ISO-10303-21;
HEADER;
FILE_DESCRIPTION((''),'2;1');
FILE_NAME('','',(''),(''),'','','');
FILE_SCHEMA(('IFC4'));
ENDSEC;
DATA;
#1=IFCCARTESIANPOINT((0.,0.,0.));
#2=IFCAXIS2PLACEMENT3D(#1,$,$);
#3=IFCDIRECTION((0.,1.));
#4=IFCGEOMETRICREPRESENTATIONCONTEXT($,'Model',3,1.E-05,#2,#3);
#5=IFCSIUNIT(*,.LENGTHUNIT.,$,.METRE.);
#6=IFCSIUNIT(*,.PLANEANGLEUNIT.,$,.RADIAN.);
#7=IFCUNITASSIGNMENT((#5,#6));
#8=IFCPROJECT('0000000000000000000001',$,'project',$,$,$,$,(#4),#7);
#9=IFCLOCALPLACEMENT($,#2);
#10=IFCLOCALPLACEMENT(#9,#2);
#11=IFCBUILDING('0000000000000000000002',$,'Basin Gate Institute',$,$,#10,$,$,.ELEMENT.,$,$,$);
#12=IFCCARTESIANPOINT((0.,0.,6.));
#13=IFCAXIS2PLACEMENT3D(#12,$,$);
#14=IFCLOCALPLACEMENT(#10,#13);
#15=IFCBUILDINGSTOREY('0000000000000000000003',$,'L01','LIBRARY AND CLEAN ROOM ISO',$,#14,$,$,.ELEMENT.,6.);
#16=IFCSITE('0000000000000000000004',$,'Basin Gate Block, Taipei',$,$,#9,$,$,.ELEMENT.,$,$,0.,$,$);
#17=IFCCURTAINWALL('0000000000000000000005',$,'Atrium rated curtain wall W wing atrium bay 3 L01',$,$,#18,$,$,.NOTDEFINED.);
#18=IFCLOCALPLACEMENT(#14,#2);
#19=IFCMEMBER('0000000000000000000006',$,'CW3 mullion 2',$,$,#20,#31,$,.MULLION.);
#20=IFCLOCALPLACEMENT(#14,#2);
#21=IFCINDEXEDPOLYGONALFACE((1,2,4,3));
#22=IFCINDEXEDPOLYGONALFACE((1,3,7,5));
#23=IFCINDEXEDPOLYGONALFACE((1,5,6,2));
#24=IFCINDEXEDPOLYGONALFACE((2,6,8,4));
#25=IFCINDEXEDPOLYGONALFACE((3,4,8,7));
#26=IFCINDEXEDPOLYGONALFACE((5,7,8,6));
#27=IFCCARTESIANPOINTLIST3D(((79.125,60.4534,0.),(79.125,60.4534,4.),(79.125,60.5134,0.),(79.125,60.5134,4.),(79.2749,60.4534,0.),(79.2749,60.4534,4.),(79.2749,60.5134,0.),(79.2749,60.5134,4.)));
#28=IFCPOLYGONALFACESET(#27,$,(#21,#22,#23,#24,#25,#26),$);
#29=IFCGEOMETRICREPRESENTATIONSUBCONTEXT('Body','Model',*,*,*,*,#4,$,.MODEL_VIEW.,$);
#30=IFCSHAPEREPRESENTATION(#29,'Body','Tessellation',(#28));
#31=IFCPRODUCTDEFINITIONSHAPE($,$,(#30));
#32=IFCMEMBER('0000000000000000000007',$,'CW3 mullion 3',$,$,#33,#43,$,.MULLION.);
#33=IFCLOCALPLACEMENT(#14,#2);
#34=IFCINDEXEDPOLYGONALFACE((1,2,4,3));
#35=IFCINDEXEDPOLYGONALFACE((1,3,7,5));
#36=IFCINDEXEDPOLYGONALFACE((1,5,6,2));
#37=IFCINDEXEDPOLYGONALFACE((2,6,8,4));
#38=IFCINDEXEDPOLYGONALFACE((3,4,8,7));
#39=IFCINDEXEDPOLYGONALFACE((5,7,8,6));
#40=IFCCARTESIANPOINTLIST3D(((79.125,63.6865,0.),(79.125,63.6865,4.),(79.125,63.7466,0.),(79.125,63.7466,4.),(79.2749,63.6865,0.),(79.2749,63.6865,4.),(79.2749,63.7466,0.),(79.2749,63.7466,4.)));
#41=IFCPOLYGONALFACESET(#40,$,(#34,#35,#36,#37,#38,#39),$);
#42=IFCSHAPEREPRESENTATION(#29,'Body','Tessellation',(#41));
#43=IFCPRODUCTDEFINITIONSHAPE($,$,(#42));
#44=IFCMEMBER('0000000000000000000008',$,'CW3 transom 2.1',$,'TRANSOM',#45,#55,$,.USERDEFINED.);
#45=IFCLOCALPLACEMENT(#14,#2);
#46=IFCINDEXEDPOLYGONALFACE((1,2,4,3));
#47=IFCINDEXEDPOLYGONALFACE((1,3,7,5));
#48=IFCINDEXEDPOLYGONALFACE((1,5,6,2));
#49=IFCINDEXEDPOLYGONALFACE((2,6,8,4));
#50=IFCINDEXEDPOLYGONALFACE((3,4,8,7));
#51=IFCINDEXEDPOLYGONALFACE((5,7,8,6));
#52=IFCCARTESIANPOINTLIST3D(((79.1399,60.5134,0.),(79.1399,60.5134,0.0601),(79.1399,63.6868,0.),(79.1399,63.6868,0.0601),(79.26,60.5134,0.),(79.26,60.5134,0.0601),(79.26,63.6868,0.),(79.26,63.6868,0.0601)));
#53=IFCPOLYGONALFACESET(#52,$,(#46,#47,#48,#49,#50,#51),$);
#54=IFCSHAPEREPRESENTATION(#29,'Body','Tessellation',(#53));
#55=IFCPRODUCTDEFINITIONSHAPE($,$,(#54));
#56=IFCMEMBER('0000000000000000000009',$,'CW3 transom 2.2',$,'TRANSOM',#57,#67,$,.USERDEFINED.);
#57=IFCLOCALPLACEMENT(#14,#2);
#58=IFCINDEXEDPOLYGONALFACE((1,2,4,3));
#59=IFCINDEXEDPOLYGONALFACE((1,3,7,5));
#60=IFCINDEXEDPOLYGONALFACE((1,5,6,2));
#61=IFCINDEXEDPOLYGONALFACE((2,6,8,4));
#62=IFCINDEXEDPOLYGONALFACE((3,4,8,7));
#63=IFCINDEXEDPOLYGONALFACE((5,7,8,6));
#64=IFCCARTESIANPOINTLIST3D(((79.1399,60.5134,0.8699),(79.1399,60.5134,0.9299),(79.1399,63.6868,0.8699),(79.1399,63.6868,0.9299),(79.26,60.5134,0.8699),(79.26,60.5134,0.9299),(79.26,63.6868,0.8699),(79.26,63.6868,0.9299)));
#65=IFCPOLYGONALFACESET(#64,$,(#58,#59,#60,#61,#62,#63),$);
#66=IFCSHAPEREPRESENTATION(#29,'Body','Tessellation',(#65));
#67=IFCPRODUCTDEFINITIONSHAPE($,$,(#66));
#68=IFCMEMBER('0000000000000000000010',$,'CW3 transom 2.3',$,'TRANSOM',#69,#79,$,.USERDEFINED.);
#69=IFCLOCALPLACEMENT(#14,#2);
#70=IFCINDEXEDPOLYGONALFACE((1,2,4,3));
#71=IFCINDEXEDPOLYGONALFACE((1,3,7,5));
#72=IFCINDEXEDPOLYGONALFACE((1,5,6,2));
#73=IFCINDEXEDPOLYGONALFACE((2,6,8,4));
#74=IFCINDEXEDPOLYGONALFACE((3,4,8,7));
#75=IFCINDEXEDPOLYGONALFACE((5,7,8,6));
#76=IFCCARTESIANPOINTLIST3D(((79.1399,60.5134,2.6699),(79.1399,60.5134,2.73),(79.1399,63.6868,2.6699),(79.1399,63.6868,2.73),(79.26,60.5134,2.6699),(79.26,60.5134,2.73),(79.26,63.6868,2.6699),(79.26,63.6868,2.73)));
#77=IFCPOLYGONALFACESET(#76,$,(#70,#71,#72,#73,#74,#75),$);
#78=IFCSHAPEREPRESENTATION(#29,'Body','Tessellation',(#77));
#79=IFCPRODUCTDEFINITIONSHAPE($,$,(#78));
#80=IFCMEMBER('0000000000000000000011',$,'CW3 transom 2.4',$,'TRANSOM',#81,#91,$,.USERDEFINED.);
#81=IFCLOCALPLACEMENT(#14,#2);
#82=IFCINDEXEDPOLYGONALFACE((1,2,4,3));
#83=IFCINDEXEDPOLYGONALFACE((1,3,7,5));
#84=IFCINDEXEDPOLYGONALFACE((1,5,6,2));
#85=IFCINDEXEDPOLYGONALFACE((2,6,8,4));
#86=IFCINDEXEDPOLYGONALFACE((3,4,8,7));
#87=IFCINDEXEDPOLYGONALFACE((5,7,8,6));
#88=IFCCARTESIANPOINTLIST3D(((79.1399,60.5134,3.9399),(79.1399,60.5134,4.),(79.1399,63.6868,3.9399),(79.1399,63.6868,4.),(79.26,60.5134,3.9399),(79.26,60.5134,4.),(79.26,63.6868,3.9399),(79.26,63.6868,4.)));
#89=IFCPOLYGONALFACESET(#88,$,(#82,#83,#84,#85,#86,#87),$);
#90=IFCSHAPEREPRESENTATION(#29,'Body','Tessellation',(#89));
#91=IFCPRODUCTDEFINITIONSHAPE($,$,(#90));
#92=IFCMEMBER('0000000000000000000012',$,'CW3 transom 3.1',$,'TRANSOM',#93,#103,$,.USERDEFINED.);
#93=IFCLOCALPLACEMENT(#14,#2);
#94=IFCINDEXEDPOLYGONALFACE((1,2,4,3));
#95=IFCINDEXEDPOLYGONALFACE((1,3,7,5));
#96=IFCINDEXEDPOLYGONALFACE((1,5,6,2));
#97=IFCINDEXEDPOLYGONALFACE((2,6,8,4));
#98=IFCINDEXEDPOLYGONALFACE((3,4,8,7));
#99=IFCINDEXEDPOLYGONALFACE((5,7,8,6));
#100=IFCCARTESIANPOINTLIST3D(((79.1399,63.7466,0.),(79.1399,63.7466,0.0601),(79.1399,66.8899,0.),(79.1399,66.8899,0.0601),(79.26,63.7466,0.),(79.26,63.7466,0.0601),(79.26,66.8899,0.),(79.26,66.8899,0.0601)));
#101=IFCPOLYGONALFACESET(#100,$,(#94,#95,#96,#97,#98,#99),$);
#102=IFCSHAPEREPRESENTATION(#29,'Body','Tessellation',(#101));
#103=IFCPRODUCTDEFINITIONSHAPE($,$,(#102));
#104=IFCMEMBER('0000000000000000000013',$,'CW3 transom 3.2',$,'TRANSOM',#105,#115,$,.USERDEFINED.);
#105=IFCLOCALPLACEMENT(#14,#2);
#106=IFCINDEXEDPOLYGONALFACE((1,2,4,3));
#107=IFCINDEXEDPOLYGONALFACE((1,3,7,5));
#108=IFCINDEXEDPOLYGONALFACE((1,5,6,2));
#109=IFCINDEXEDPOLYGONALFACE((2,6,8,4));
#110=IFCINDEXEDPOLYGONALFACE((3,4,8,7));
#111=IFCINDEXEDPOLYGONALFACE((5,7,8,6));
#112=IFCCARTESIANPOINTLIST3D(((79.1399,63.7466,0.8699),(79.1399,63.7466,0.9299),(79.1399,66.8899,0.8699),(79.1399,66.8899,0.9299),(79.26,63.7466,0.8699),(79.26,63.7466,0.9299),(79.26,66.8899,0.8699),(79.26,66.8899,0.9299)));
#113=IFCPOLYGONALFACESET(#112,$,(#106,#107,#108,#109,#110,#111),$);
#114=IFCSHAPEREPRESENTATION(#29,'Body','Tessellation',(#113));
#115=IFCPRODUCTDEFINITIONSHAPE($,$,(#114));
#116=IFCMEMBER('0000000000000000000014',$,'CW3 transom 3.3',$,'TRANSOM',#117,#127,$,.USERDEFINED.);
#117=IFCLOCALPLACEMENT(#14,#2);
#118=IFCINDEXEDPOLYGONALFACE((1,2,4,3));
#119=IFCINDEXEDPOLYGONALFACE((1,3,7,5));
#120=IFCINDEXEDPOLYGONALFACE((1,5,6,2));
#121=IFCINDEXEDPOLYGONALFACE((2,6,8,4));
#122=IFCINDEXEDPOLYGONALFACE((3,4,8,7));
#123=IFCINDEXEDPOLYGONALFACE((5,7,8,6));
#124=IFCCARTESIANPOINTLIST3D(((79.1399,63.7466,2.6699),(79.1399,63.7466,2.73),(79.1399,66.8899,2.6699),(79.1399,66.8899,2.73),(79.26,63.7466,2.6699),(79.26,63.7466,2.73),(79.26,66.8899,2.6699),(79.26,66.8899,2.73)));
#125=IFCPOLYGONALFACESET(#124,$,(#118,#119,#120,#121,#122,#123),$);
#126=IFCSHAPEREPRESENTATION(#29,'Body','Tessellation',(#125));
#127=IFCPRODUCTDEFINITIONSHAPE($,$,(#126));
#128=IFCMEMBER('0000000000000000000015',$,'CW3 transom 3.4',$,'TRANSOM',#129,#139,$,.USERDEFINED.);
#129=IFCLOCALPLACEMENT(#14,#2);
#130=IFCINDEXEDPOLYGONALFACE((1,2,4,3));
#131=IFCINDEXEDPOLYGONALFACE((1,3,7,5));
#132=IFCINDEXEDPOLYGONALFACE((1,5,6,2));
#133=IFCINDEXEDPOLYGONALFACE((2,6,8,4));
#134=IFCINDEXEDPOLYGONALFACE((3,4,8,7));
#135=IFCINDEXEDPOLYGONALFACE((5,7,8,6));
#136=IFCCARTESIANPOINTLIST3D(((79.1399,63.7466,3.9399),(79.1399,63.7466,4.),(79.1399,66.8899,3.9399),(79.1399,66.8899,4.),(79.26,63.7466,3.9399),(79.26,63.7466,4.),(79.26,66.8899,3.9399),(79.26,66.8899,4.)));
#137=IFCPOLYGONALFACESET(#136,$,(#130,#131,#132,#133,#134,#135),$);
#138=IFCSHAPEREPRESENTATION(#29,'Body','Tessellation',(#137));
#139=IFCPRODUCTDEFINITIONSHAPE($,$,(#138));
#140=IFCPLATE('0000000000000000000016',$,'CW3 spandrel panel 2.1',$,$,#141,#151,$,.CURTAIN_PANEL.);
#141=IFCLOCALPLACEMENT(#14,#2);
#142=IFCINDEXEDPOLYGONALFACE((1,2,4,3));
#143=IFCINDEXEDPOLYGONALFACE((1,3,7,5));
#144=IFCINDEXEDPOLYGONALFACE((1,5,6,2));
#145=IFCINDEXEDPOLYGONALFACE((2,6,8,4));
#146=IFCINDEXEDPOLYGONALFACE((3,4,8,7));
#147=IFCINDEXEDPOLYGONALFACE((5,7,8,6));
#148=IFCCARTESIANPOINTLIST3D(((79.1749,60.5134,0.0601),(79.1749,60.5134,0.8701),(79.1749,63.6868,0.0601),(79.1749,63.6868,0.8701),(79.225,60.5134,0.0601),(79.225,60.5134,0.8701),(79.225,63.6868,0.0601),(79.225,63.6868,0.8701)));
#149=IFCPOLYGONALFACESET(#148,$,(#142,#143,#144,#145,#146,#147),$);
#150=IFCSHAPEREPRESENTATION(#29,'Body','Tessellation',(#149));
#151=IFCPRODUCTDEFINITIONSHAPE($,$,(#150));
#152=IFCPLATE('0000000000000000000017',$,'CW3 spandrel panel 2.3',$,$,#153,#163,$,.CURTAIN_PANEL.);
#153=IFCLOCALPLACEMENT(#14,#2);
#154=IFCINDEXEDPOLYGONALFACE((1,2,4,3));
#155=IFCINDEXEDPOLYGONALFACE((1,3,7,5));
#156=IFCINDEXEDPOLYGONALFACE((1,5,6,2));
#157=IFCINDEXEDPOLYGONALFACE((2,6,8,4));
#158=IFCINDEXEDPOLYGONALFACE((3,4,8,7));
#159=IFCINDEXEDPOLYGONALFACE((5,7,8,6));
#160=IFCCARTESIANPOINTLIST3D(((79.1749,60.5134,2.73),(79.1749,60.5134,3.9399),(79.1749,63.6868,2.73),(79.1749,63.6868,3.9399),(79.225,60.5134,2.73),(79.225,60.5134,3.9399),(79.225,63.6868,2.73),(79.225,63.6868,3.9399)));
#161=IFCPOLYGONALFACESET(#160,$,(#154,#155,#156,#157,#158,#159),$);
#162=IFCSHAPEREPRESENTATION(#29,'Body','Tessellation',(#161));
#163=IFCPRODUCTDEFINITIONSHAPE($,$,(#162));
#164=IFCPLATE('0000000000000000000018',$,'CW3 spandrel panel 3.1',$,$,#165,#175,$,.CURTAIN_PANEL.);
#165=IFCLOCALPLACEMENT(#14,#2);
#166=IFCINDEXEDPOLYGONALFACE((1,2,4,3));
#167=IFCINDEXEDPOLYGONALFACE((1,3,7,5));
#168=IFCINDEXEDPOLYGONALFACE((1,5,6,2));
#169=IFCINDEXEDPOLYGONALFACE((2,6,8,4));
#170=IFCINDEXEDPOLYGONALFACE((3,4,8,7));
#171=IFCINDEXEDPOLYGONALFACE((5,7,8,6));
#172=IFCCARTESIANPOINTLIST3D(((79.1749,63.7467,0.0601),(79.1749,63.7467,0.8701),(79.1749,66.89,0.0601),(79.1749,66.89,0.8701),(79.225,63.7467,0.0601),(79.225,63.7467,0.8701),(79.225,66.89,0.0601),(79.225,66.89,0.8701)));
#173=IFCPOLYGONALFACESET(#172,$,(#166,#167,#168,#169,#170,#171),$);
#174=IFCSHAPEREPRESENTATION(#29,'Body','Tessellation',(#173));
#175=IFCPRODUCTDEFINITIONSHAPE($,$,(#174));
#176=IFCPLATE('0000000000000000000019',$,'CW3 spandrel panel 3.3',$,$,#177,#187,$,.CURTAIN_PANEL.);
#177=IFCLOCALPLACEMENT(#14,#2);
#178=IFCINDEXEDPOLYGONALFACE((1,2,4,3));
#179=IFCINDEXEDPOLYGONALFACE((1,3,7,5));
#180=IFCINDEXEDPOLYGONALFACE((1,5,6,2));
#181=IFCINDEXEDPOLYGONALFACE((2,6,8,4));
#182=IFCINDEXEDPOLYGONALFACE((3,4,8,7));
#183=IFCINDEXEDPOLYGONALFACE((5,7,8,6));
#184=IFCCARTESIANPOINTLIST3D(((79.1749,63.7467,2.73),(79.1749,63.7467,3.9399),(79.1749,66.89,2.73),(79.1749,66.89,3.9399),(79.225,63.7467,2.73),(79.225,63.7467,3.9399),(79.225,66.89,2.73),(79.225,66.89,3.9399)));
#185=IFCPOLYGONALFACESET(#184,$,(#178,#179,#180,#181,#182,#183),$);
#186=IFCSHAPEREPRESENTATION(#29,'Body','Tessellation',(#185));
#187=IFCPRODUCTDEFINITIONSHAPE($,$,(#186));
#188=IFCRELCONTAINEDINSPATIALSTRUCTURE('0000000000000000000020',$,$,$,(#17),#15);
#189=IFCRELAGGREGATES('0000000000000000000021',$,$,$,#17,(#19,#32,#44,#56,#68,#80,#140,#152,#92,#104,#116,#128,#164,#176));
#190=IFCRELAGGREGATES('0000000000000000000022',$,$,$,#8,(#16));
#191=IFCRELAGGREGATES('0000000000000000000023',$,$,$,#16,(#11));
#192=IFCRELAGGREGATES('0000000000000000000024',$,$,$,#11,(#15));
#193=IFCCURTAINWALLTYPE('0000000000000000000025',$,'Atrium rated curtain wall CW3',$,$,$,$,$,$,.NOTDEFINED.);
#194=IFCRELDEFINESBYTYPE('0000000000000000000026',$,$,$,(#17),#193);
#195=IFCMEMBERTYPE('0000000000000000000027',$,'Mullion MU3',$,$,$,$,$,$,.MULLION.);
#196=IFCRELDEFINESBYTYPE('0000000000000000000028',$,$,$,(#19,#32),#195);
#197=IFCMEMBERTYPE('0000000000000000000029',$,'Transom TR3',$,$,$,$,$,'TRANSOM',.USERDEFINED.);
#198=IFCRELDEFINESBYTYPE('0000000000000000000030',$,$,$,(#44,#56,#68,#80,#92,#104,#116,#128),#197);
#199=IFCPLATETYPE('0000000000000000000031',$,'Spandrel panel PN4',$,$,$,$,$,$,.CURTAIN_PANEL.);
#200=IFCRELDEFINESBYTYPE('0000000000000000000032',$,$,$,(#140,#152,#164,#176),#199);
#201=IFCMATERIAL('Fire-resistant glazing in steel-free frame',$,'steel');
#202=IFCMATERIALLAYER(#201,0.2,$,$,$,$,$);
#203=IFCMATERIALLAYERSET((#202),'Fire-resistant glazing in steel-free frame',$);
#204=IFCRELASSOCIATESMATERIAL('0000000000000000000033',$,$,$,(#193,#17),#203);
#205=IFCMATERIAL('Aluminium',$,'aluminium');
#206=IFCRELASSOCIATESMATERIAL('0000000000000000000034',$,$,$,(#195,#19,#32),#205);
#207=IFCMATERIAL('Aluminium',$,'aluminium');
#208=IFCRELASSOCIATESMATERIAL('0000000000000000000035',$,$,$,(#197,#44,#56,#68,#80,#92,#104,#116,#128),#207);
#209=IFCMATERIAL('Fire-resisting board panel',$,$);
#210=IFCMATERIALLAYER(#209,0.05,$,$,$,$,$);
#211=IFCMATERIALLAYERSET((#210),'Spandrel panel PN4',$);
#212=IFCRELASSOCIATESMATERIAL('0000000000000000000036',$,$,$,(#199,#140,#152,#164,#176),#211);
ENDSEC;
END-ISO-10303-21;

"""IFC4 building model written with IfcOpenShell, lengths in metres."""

from ifc_helpers import new_model, si_unit, direction, frame, origin, origin_2d, place, context, subcontext, project, spatial, rectangle, extrude, material, layer, layer_set, material_profile, profile_set, type_object, element, aggregate, save


model = new_model("IFC4")

# Units and contexts
model_context = context("Model", 3, precision=1e-05, world=origin(), true_north=direction((0.0, 1.0)))
body_context = subcontext(model_context, "Body", "Model", "MODEL_VIEW")
ifc_project = project(units=[si_unit("LENGTHUNIT", "METRE"), si_unit("PLANEANGLEUNIT", "RADIAN")], contexts=[model_context])

# Site, building, storey
site_placement = place(None, origin())
site = spatial("IfcSite", under=ifc_project, at=site_placement, Name="Basin Gate Block, Taipei", CompositionType="ELEMENT", RefElevation=0.0)
building_placement = place(site_placement, origin())
building = spatial("IfcBuilding", under=site, at=building_placement, Name="Basin Gate Institute", CompositionType="ELEMENT")
storey_placement = place(building_placement, frame((0.0, 0.0, 6.0)))
storey = spatial("IfcBuildingStorey", under=building, at=storey_placement, Name="L01", Description="LIBRARY AND CLEAN ROOM ISO", CompositionType="ELEMENT", Elevation=6.0)

# Curtain wall, members, plates
ifc_material_1 = material(Name="Fire-resistant glazing in steel-free frame", Category="steel")
ifc_layer_1 = layer(ifc_material_1, 0.2)
ifc_layer_set_1 = layer_set([ifc_layer_1], Name="Fire-resistant glazing in steel-free frame")
curtain_wall_type = type_object("IfcCurtainWallType", Name="Atrium rated curtain wall CW3", PredefinedType="NOTDEFINED", material=ifc_layer_set_1)
curtain_wall_placement = place(storey_placement, origin())
curtain_wall = element("IfcCurtainWall", 1, at=curtain_wall_placement, inside=storey, type_object=curtain_wall_type, material=ifc_layer_set_1, Name="Atrium rated curtain wall W wing atrium bay 3 L01", PredefinedType="NOTDEFINED")
ifc_material_2 = material(Name="Aluminium", Category="aluminium")
ifc_material_profile_1 = material_profile(ifc_material_2, rectangle(XDim=0.1499, YDim=0.0601, at=origin_2d()), Name="Mullion MU3 150 x 60")
ifc_profile_set_1 = profile_set([ifc_material_profile_1], Name="Aluminium")
member_type_1 = type_object("IfcMemberType", Name="Mullion MU3", PredefinedType="MULLION", material=ifc_profile_set_1)
member_1_placement = place(storey_placement, frame((79.2, 60.4834, 0.0), z_axis=(0.0, 0.0, 1.0), x_axis=(-1.0, 0.0, 0.0)))
member_1 = element("IfcMember", 2, at=member_1_placement, type_object=member_type_1, material=ifc_profile_set_1, Name="CW3 mullion 2", PredefinedType="MULLION", context=body_context, shape_type="SweptSolid", body=[
    extrude(rectangle(XDim=0.1499, YDim=0.0601, at=origin_2d()), origin(), (0.0, 0.0, 1.0), 4.0),
])
member_2_placement = place(storey_placement, frame((79.2, 63.7166, 0.0), z_axis=(0.0, 0.0, 1.0), x_axis=(-1.0, 0.0, 0.0)))
member_2 = element("IfcMember", 3, at=member_2_placement, type_object=member_type_1, material=ifc_profile_set_1, Name="CW3 mullion 3", PredefinedType="MULLION", context=body_context, shape_type="SweptSolid", body=[
    extrude(rectangle(XDim=0.1499, YDim=0.0601, at=origin_2d()), origin(), (0.0, 0.0, 1.0), 4.0),
])
ifc_material_3 = material(Name="Aluminium", Category="aluminium")
ifc_material_profile_2 = material_profile(ifc_material_3, rectangle(XDim=0.1201, YDim=0.0601, at=origin_2d()), Name="Transom TR3 120 x 60")
ifc_profile_set_2 = profile_set([ifc_material_profile_2], Name="Aluminium")
member_type_2 = type_object("IfcMemberType", Name="Transom TR3", ElementType="TRANSOM", PredefinedType="USERDEFINED", material=ifc_profile_set_2)
member_3_placement = place(storey_placement, frame((79.2, 60.5134, 0.03), z_axis=(0.0, 1.0, 0.0), x_axis=(-1.0, 0.0, 0.0)))
member_3 = element("IfcMember", 4, at=member_3_placement, type_object=member_type_2, material=ifc_profile_set_2, Name="CW3 transom 2.1", ObjectType="TRANSOM", PredefinedType="USERDEFINED", context=body_context, shape_type="SweptSolid", body=[
    extrude(rectangle(XDim=0.1201, YDim=0.0601, at=origin_2d()), origin(), (0.0, 0.0, 1.0), 3.1733),
])
member_4_placement = place(storey_placement, frame((79.2, 60.5134, 0.8999), z_axis=(0.0, 1.0, 0.0), x_axis=(-1.0, 0.0, 0.0)))
member_4 = element("IfcMember", 5, at=member_4_placement, type_object=member_type_2, material=ifc_profile_set_2, Name="CW3 transom 2.2", ObjectType="TRANSOM", PredefinedType="USERDEFINED", context=body_context, shape_type="SweptSolid", body=[
    extrude(rectangle(XDim=0.1201, YDim=0.0601, at=origin_2d()), origin(), (0.0, 0.0, 1.0), 3.1733),
])
member_5_placement = place(storey_placement, frame((79.2, 60.5134, 2.7), z_axis=(0.0, 1.0, 0.0), x_axis=(-1.0, 0.0, 0.0)))
member_5 = element("IfcMember", 6, at=member_5_placement, type_object=member_type_2, material=ifc_profile_set_2, Name="CW3 transom 2.3", ObjectType="TRANSOM", PredefinedType="USERDEFINED", context=body_context, shape_type="SweptSolid", body=[
    extrude(rectangle(XDim=0.1201, YDim=0.0601, at=origin_2d()), origin(), (0.0, 0.0, 1.0), 3.1733),
])
member_6_placement = place(storey_placement, frame((79.2, 60.5134, 3.97), z_axis=(0.0, 1.0, 0.0), x_axis=(-1.0, 0.0, 0.0)))
member_6 = element("IfcMember", 7, at=member_6_placement, type_object=member_type_2, material=ifc_profile_set_2, Name="CW3 transom 2.4", ObjectType="TRANSOM", PredefinedType="USERDEFINED", context=body_context, shape_type="SweptSolid", body=[
    extrude(rectangle(XDim=0.1201, YDim=0.0601, at=origin_2d()), origin(), (0.0, 0.0, 1.0), 3.1733),
])
member_7_placement = place(storey_placement, frame((79.2, 63.7466, 0.03), z_axis=(0.0, 1.0, 0.0), x_axis=(-1.0, 0.0, 0.0)))
member_7 = element("IfcMember", 8, at=member_7_placement, type_object=member_type_2, material=ifc_profile_set_2, Name="CW3 transom 3.1", ObjectType="TRANSOM", PredefinedType="USERDEFINED", context=body_context, shape_type="SweptSolid", body=[
    extrude(rectangle(XDim=0.1201, YDim=0.0601, at=origin_2d()), origin(), (0.0, 0.0, 1.0), 3.1433),
])
member_8_placement = place(storey_placement, frame((79.2, 63.7466, 0.8999), z_axis=(0.0, 1.0, 0.0), x_axis=(-1.0, 0.0, 0.0)))
member_8 = element("IfcMember", 9, at=member_8_placement, type_object=member_type_2, material=ifc_profile_set_2, Name="CW3 transom 3.2", ObjectType="TRANSOM", PredefinedType="USERDEFINED", context=body_context, shape_type="SweptSolid", body=[
    extrude(rectangle(XDim=0.1201, YDim=0.0601, at=origin_2d()), origin(), (0.0, 0.0, 1.0), 3.1433),
])
member_9_placement = place(storey_placement, frame((79.2, 63.7466, 2.7), z_axis=(0.0, 1.0, 0.0), x_axis=(-1.0, 0.0, 0.0)))
member_9 = element("IfcMember", 10, at=member_9_placement, type_object=member_type_2, material=ifc_profile_set_2, Name="CW3 transom 3.3", ObjectType="TRANSOM", PredefinedType="USERDEFINED", context=body_context, shape_type="SweptSolid", body=[
    extrude(rectangle(XDim=0.1201, YDim=0.0601, at=origin_2d()), origin(), (0.0, 0.0, 1.0), 3.1433),
])
member_10_placement = place(storey_placement, frame((79.2, 63.7466, 3.97), z_axis=(0.0, 1.0, 0.0), x_axis=(-1.0, 0.0, 0.0)))
member_10 = element("IfcMember", 11, at=member_10_placement, type_object=member_type_2, material=ifc_profile_set_2, Name="CW3 transom 3.4", ObjectType="TRANSOM", PredefinedType="USERDEFINED", context=body_context, shape_type="SweptSolid", body=[
    extrude(rectangle(XDim=0.1201, YDim=0.0601, at=origin_2d()), origin(), (0.0, 0.0, 1.0), 3.1433),
])
ifc_material_4 = material(Name="Fire-resisting board panel")
ifc_layer_2 = layer(ifc_material_4, 0.05)
ifc_layer_set_2 = layer_set([ifc_layer_2], Name="Spandrel panel PN4")
plate_type_1 = type_object("IfcPlateType", Name="Spandrel panel PN4", PredefinedType="CURTAIN_PANEL", material=ifc_layer_set_2)
plate_1_placement = place(storey_placement, frame((79.2, 62.1001, 0.0601), z_axis=(0.0, 0.0, 1.0), x_axis=(0.0, 1.0, 0.0)))
plate_1 = element("IfcPlate", 12, at=plate_1_placement, type_object=plate_type_1, material=ifc_layer_set_2, Name="CW3 spandrel panel 2.1", PredefinedType="CURTAIN_PANEL", context=body_context, shape_type="SweptSolid", body=[
    extrude(rectangle(XDim=3.1733, YDim=0.05, at=origin_2d()), origin(), (0.0, 0.0, 1.0), 0.8101),
])
plate_2_placement = place(storey_placement, frame((79.2, 62.1001, 2.73), z_axis=(0.0, 0.0, 1.0), x_axis=(0.0, 1.0, 0.0)))
plate_2 = element("IfcPlate", 13, at=plate_2_placement, type_object=plate_type_1, material=ifc_layer_set_2, Name="CW3 spandrel panel 2.3", PredefinedType="CURTAIN_PANEL", context=body_context, shape_type="SweptSolid", body=[
    extrude(rectangle(XDim=3.1733, YDim=0.05, at=origin_2d()), origin(), (0.0, 0.0, 1.0), 1.21),
])
plate_3_placement = place(storey_placement, frame((79.2, 65.3184, 0.0601), z_axis=(0.0, 0.0, 1.0), x_axis=(0.0, 1.0, 0.0)))
plate_3 = element("IfcPlate", 14, at=plate_3_placement, type_object=plate_type_1, material=ifc_layer_set_2, Name="CW3 spandrel panel 3.1", PredefinedType="CURTAIN_PANEL", context=body_context, shape_type="SweptSolid", body=[
    extrude(rectangle(XDim=3.1433, YDim=0.05, at=origin_2d()), origin(), (0.0, 0.0, 1.0), 0.8101),
])
plate_4_placement = place(storey_placement, frame((79.2, 65.3184, 2.73), z_axis=(0.0, 0.0, 1.0), x_axis=(0.0, 1.0, 0.0)))
plate_4 = element("IfcPlate", 15, at=plate_4_placement, type_object=plate_type_1, material=ifc_layer_set_2, Name="CW3 spandrel panel 3.3", PredefinedType="CURTAIN_PANEL", context=body_context, shape_type="SweptSolid", body=[
    extrude(rectangle(XDim=3.1433, YDim=0.05, at=origin_2d()), origin(), (0.0, 0.0, 1.0), 1.21),
])
aggregate(curtain_wall, [member_1, member_2, member_3, member_4, member_5, member_6, plate_1, plate_2, member_7, member_8, member_9, member_10, plate_3, plate_4])

save(model, "model.ifc")
